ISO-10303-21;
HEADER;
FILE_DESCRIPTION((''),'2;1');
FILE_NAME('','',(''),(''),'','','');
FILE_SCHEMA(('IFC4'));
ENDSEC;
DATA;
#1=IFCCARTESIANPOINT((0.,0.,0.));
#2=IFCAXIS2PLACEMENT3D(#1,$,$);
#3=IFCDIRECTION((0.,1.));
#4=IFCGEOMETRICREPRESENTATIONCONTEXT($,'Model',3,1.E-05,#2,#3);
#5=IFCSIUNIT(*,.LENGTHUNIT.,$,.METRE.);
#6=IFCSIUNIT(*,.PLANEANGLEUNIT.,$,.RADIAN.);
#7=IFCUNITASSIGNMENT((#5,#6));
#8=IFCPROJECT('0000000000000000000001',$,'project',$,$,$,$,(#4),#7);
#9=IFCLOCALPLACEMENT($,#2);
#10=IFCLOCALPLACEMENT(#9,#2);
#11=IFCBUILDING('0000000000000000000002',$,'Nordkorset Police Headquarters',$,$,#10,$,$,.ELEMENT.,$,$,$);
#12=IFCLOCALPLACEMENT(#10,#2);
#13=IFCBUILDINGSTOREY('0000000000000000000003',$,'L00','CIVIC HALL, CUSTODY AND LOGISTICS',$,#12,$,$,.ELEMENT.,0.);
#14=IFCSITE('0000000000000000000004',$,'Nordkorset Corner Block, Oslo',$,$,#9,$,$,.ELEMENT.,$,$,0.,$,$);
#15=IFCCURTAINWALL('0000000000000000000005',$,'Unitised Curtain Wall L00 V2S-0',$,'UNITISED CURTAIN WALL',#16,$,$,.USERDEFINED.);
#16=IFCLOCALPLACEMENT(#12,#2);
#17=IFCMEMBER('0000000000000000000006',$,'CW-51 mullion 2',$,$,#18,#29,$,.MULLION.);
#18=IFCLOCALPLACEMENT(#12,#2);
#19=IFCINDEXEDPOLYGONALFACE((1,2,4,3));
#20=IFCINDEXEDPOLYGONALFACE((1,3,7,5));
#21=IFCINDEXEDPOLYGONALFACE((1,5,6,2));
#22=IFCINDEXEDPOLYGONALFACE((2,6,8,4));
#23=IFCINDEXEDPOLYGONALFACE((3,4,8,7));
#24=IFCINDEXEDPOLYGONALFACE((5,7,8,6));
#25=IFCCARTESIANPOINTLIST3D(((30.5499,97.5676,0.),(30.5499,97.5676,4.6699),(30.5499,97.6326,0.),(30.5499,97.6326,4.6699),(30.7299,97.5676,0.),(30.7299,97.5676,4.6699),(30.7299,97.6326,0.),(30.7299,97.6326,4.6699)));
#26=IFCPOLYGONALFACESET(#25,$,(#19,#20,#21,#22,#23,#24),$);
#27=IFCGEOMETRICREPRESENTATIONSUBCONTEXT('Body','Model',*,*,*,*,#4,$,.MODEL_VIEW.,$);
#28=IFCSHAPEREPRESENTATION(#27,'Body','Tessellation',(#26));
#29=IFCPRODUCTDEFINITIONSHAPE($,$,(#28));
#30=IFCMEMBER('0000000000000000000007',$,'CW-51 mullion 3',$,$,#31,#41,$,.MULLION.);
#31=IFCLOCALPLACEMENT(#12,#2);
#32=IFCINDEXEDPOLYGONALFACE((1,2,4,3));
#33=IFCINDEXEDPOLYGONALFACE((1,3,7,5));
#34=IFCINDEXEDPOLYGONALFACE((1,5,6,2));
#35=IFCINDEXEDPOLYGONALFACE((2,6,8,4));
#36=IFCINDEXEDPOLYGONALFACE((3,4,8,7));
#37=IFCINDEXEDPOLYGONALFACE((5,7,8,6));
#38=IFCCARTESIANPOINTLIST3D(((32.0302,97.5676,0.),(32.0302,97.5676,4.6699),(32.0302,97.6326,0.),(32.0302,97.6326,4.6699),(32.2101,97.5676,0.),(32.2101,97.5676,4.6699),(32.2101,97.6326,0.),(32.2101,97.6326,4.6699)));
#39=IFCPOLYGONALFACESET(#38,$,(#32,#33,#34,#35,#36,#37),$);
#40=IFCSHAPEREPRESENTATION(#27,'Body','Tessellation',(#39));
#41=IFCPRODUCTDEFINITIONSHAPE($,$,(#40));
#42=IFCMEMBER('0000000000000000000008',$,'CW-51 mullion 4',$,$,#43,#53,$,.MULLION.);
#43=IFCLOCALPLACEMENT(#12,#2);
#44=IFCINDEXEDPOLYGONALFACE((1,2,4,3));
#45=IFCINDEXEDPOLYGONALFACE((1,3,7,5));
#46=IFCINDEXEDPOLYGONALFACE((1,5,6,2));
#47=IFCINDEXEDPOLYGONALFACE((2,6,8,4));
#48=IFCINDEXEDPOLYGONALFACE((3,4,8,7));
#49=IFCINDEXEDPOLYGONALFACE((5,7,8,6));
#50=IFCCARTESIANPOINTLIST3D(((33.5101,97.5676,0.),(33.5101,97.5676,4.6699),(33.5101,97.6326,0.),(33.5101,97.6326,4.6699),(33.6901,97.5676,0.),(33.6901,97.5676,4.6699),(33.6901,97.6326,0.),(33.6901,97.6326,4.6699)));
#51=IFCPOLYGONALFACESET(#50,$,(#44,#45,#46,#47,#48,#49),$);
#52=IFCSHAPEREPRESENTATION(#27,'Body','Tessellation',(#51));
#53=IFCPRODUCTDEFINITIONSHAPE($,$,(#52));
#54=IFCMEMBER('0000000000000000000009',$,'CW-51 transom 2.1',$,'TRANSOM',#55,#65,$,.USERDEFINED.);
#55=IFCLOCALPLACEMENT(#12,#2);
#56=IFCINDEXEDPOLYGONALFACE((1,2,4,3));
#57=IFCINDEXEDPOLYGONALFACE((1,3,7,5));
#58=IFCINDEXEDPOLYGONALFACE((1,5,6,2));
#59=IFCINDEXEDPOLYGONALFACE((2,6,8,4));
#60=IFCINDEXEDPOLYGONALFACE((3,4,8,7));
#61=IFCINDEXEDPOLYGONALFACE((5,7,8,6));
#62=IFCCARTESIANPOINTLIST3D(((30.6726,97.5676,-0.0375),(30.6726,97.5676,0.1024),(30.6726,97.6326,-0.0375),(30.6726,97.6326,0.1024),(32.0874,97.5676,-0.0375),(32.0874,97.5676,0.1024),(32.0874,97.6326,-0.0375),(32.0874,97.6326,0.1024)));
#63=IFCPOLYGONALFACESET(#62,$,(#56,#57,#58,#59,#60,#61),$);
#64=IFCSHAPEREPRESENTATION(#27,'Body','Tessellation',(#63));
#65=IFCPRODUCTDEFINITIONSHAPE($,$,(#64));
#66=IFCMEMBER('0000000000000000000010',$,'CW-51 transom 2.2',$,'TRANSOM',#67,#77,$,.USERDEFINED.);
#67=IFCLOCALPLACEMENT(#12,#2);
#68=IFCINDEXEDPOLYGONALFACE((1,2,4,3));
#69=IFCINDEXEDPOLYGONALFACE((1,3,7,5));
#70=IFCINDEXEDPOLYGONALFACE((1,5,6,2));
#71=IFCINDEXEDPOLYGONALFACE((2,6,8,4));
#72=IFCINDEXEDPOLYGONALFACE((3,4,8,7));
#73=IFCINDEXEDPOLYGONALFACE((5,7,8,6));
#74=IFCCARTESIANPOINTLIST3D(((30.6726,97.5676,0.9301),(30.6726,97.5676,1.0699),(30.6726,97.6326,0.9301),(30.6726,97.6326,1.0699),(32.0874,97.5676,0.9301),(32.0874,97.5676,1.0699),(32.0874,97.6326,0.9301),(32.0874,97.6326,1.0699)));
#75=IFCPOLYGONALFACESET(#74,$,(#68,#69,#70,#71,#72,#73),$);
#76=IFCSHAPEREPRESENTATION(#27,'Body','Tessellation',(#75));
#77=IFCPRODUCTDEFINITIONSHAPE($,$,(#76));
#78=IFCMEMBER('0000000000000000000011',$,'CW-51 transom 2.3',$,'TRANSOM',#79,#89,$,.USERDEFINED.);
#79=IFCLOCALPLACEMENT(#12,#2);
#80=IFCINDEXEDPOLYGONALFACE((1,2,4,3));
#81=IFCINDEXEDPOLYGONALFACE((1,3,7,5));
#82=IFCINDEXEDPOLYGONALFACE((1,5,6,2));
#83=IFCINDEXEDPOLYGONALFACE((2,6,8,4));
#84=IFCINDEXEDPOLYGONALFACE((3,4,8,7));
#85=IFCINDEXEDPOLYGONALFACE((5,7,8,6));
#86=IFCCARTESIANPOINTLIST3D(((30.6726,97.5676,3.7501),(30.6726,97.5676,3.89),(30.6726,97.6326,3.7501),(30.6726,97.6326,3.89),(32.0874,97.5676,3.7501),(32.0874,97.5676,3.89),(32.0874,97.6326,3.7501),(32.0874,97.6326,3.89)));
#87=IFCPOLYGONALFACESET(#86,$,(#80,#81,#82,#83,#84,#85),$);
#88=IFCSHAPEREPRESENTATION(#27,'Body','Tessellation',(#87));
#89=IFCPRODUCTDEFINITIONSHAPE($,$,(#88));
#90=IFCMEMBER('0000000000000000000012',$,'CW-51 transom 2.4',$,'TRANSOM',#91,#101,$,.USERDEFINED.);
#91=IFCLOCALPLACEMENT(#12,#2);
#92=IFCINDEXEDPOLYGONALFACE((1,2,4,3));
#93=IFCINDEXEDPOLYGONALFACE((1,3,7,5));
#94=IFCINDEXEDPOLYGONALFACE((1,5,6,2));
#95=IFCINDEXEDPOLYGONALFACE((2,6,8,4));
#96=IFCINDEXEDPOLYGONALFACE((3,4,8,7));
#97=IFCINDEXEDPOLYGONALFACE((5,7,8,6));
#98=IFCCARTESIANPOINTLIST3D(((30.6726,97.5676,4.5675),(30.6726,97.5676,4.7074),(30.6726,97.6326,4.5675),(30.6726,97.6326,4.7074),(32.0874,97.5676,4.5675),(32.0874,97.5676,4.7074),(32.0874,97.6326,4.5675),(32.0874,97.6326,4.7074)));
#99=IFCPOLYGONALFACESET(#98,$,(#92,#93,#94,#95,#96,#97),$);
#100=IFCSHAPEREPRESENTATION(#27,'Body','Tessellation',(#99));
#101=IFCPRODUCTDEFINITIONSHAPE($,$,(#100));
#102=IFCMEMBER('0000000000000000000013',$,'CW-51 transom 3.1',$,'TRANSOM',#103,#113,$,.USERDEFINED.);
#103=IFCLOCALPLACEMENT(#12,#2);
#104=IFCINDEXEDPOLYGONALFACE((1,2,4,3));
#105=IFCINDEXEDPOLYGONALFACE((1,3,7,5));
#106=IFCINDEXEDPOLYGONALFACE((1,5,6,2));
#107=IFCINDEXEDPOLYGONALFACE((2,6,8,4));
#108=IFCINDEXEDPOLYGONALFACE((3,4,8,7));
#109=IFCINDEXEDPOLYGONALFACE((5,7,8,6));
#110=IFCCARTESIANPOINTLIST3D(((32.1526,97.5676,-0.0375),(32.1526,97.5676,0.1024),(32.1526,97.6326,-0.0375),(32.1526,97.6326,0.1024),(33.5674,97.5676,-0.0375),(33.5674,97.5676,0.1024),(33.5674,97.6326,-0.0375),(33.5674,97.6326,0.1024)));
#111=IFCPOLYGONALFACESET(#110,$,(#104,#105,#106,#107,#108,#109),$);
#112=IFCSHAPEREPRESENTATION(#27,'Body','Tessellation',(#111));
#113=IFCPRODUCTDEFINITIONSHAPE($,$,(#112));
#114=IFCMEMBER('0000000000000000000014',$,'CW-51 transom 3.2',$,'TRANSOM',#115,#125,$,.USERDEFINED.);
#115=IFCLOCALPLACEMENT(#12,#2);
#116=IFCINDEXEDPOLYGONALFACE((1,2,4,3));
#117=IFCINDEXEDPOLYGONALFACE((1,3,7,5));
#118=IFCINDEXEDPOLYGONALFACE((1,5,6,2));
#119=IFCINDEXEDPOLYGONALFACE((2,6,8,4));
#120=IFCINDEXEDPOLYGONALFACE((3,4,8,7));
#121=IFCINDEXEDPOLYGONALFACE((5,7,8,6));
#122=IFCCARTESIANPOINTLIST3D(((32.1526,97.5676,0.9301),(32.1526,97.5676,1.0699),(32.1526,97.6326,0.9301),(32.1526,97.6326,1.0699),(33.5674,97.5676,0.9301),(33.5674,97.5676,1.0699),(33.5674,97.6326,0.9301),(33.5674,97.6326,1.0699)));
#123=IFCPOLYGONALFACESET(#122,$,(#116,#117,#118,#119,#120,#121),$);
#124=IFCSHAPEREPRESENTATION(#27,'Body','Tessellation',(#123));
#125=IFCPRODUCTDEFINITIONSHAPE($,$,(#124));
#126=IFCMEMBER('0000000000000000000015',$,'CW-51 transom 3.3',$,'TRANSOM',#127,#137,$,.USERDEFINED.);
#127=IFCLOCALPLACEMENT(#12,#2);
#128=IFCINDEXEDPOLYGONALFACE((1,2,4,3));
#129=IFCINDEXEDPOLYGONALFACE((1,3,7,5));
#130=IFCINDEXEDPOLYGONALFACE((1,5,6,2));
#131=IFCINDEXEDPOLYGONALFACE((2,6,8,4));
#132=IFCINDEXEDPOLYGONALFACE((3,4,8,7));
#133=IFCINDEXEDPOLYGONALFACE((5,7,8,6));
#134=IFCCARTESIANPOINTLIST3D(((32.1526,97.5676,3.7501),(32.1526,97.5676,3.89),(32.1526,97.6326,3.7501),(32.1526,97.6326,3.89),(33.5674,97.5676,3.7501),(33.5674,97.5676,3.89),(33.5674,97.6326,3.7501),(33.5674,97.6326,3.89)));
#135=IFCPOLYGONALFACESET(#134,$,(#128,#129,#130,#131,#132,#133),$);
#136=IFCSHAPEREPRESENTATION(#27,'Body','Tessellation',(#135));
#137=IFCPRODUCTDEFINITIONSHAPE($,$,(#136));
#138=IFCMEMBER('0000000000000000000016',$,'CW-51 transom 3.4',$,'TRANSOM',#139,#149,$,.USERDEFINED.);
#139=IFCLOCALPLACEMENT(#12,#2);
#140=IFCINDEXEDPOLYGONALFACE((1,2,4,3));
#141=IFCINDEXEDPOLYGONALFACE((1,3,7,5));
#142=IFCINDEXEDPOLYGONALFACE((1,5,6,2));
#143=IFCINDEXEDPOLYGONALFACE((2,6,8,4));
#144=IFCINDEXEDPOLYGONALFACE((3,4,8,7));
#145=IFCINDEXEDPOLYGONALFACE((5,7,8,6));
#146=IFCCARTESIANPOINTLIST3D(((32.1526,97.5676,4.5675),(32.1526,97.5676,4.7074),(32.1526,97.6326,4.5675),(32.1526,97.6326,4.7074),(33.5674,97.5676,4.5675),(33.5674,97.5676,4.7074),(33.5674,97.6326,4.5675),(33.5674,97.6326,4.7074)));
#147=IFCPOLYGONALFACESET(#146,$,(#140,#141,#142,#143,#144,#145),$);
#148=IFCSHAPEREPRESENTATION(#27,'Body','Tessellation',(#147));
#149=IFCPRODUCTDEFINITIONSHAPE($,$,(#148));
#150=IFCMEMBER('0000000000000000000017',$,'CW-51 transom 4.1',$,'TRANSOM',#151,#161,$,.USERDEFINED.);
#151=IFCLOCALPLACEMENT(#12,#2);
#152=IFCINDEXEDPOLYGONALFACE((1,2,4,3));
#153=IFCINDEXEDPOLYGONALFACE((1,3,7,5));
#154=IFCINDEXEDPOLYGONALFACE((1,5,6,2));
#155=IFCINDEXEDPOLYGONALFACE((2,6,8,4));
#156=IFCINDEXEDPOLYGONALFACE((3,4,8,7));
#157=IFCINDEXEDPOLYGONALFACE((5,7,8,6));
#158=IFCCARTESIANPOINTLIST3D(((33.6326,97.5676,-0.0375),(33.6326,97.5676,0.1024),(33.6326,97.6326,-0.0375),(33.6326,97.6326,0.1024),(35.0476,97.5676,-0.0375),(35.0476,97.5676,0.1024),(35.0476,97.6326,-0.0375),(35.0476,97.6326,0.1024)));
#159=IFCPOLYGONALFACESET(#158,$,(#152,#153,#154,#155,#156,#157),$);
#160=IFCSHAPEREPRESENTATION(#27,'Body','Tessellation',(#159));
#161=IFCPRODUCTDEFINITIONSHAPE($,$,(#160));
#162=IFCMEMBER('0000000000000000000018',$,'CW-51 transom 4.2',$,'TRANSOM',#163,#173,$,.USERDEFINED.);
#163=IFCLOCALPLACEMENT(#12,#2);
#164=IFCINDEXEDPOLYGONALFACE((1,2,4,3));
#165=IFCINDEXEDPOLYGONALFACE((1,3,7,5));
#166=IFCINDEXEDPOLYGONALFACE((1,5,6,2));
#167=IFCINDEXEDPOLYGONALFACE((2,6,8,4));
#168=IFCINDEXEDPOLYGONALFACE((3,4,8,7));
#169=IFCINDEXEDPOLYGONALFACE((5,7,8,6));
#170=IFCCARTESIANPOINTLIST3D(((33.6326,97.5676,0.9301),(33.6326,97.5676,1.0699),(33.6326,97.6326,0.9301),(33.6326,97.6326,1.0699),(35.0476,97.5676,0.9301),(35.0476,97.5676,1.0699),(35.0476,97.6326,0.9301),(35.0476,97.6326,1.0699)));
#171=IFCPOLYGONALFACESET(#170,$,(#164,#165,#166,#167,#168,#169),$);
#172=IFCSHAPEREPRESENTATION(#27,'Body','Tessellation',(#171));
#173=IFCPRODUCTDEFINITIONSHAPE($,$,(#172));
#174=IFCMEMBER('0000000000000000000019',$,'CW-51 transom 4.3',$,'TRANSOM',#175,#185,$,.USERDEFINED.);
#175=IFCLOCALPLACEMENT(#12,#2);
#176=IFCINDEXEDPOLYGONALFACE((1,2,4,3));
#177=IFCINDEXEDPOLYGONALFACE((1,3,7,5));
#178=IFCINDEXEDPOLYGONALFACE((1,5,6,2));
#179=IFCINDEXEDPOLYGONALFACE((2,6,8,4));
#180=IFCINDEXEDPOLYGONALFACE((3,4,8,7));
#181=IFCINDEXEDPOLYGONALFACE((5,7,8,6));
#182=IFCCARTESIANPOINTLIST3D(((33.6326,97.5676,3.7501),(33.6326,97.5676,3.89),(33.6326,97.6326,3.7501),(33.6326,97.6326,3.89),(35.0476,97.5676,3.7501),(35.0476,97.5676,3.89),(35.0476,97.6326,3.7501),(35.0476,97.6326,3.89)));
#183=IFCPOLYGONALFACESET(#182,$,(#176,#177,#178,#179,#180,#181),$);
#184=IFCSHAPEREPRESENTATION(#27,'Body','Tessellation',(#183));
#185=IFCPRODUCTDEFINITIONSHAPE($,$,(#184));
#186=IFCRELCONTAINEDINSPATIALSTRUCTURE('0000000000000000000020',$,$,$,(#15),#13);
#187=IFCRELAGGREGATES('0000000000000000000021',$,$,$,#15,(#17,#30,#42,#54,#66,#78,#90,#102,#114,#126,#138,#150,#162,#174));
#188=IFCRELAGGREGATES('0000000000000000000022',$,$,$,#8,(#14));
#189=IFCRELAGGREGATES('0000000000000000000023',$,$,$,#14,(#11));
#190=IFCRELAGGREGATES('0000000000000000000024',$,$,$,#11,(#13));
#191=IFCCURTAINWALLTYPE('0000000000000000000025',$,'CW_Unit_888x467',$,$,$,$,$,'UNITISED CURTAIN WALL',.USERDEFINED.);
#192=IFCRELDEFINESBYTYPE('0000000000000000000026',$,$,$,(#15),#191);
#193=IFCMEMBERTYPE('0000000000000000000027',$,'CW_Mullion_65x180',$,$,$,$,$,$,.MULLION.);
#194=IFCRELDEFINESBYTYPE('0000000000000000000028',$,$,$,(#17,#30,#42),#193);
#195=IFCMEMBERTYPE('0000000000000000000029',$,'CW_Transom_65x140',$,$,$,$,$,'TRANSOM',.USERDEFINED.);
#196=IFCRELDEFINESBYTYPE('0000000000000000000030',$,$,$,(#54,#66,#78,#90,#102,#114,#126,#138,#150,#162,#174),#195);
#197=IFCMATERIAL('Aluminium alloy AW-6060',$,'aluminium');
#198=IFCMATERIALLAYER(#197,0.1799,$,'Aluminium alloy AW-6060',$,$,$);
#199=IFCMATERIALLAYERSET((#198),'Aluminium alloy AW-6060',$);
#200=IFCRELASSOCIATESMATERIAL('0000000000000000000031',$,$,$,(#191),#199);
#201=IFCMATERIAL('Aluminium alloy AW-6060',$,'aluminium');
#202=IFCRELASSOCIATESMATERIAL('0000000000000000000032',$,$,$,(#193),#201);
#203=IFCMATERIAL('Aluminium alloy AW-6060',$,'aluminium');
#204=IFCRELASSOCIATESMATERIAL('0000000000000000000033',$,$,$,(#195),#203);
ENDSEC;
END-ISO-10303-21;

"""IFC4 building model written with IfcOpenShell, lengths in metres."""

from ifc_helpers import new_model, si_unit, direction, frame, origin, origin_2d, place, context, subcontext, project, spatial, rectangle, extrude, material, layer, layer_set, material_profile, profile_set, type_object, element, aggregate, save


model = new_model("IFC4")

# Units and contexts
model_context = context("Model", 3, precision=1e-05, world=origin(), true_north=direction((0.0, 1.0)))
body_context = subcontext(model_context, "Body", "Model", "MODEL_VIEW")
ifc_project = project(units=[si_unit("LENGTHUNIT", "METRE"), si_unit("PLANEANGLEUNIT", "RADIAN")], contexts=[model_context])

# Site, building, storey
site_placement = place(None, origin())
site = spatial("IfcSite", under=ifc_project, at=site_placement, Name="Nordkorset Corner Block, Oslo", CompositionType="ELEMENT", RefElevation=0.0)
building_placement = place(site_placement, origin())
building = spatial("IfcBuilding", under=site, at=building_placement, Name="Nordkorset Police Headquarters", CompositionType="ELEMENT")
storey_placement = place(building_placement, origin())
storey = spatial("IfcBuildingStorey", under=building, at=storey_placement, Name="L00", Description="CIVIC HALL, CUSTODY AND LOGISTICS", CompositionType="ELEMENT", Elevation=0.0)

# Curtain wall, members
ifc_material_1 = material(Name="Aluminium alloy AW-6060", Category="aluminium")
ifc_layer_1 = layer(ifc_material_1, 0.1799, Name="Aluminium alloy AW-6060")
ifc_layer_set_1 = layer_set([ifc_layer_1], Name="Aluminium alloy AW-6060")
curtain_wall_type = type_object("IfcCurtainWallType", Name="CW_Unit_888x467", ElementType="UNITISED CURTAIN WALL", PredefinedType="USERDEFINED", material=ifc_layer_set_1)
curtain_wall_placement = place(storey_placement, origin())
curtain_wall = element("IfcCurtainWall", 1, at=curtain_wall_placement, inside=storey, type_object=curtain_wall_type, Name="Unitised Curtain Wall L00 V2S-0", ObjectType="UNITISED CURTAIN WALL", PredefinedType="USERDEFINED")
ifc_material_2 = material(Name="Aluminium alloy AW-6060", Category="aluminium")
ifc_material_profile_1 = material_profile(ifc_material_2, rectangle(XDim=0.0649, YDim=0.1799, at=origin_2d()), Name="ALU MULL 65x180")
ifc_profile_set_1 = profile_set([ifc_material_profile_1], Name="Aluminium alloy AW-6060")
member_type_1 = type_object("IfcMemberType", Name="CW_Mullion_65x180", PredefinedType="MULLION", material=ifc_profile_set_1)
member_1_placement = place(storey_placement, frame((30.6399, 97.6001, 0.0), z_axis=(0.0, 0.0, 1.0), x_axis=(0.0, 1.0, 0.0)))
member_1 = element("IfcMember", 2, at=member_1_placement, type_object=member_type_1, Name="CW-51 mullion 2", PredefinedType="MULLION", context=body_context, shape_type="SweptSolid", body=[
    extrude(rectangle(XDim=0.0649, YDim=0.1799, at=origin_2d()), origin(), (0.0, 0.0, 1.0), 4.6699),
])
member_2_placement = place(storey_placement, frame((32.1201, 97.6001, 0.0), z_axis=(0.0, 0.0, 1.0), x_axis=(0.0, 1.0, 0.0)))
member_2 = element("IfcMember", 3, at=member_2_placement, type_object=member_type_1, Name="CW-51 mullion 3", PredefinedType="MULLION", context=body_context, shape_type="SweptSolid", body=[
    extrude(rectangle(XDim=0.0649, YDim=0.1799, at=origin_2d()), origin(), (0.0, 0.0, 1.0), 4.6699),
])
member_3_placement = place(storey_placement, frame((33.6001, 97.6001, 0.0), z_axis=(0.0, 0.0, 1.0), x_axis=(0.0, 1.0, 0.0)))
member_3 = element("IfcMember", 4, at=member_3_placement, type_object=member_type_1, Name="CW-51 mullion 4", PredefinedType="MULLION", context=body_context, shape_type="SweptSolid", body=[
    extrude(rectangle(XDim=0.0649, YDim=0.1799, at=origin_2d()), origin(), (0.0, 0.0, 1.0), 4.6699),
])
ifc_material_3 = material(Name="Aluminium alloy AW-6060", Category="aluminium")
ifc_material_profile_2 = material_profile(ifc_material_3, rectangle(XDim=0.0649, YDim=0.1399, at=origin_2d()), Name="ALU TRAN 65x140")
ifc_profile_set_2 = profile_set([ifc_material_profile_2], Name="Aluminium alloy AW-6060")
member_type_2 = type_object("IfcMemberType", Name="CW_Transom_65x140", ElementType="TRANSOM", PredefinedType="USERDEFINED", material=ifc_profile_set_2)
member_4_placement = place(storey_placement, frame((30.6726, 97.6001, 0.0325), z_axis=(1.0, 0.0, 0.0), x_axis=(0.0, 1.0, 0.0)))
member_4 = element("IfcMember", 5, at=member_4_placement, type_object=member_type_2, Name="CW-51 transom 2.1", ObjectType="TRANSOM", PredefinedType="USERDEFINED", context=body_context, shape_type="SweptSolid", body=[
    extrude(rectangle(XDim=0.0649, YDim=0.1399, at=origin_2d()), origin(), (0.0, 0.0, 1.0), 1.4148),
])
member_5_placement = place(storey_placement, frame((30.6726, 97.6001, 1.0), z_axis=(1.0, 0.0, 0.0), x_axis=(0.0, 1.0, 0.0)))
member_5 = element("IfcMember", 6, at=member_5_placement, type_object=member_type_2, Name="CW-51 transom 2.2", ObjectType="TRANSOM", PredefinedType="USERDEFINED", context=body_context, shape_type="SweptSolid", body=[
    extrude(rectangle(XDim=0.0649, YDim=0.1399, at=origin_2d()), origin(), (0.0, 0.0, 1.0), 1.4148),
])
member_6_placement = place(storey_placement, frame((30.6726, 97.6001, 3.8201), z_axis=(1.0, 0.0, 0.0), x_axis=(0.0, 1.0, 0.0)))
member_6 = element("IfcMember", 7, at=member_6_placement, type_object=member_type_2, Name="CW-51 transom 2.3", ObjectType="TRANSOM", PredefinedType="USERDEFINED", context=body_context, shape_type="SweptSolid", body=[
    extrude(rectangle(XDim=0.0649, YDim=0.1399, at=origin_2d()), origin(), (0.0, 0.0, 1.0), 1.4148),
])
member_7_placement = place(storey_placement, frame((30.6726, 97.6001, 4.6375), z_axis=(1.0, 0.0, 0.0), x_axis=(0.0, 1.0, 0.0)))
member_7 = element("IfcMember", 8, at=member_7_placement, type_object=member_type_2, Name="CW-51 transom 2.4", ObjectType="TRANSOM", PredefinedType="USERDEFINED", context=body_context, shape_type="SweptSolid", body=[
    extrude(rectangle(XDim=0.0649, YDim=0.1399, at=origin_2d()), origin(), (0.0, 0.0, 1.0), 1.4148),
])
member_8_placement = place(storey_placement, frame((32.1526, 97.6001, 0.0325), z_axis=(1.0, 0.0, 0.0), x_axis=(0.0, 1.0, 0.0)))
member_8 = element("IfcMember", 9, at=member_8_placement, type_object=member_type_2, Name="CW-51 transom 3.1", ObjectType="TRANSOM", PredefinedType="USERDEFINED", context=body_context, shape_type="SweptSolid", body=[
    extrude(rectangle(XDim=0.0649, YDim=0.1399, at=origin_2d()), origin(), (0.0, 0.0, 1.0), 1.4148),
])
member_9_placement = place(storey_placement, frame((32.1526, 97.6001, 1.0), z_axis=(1.0, 0.0, 0.0), x_axis=(0.0, 1.0, 0.0)))
member_9 = element("IfcMember", 10, at=member_9_placement, type_object=member_type_2, Name="CW-51 transom 3.2", ObjectType="TRANSOM", PredefinedType="USERDEFINED", context=body_context, shape_type="SweptSolid", body=[
    extrude(rectangle(XDim=0.0649, YDim=0.1399, at=origin_2d()), origin(), (0.0, 0.0, 1.0), 1.4148),
])
member_10_placement = place(storey_placement, frame((32.1526, 97.6001, 3.8201), z_axis=(1.0, 0.0, 0.0), x_axis=(0.0, 1.0, 0.0)))
member_10 = element("IfcMember", 11, at=member_10_placement, type_object=member_type_2, Name="CW-51 transom 3.3", ObjectType="TRANSOM", PredefinedType="USERDEFINED", context=body_context, shape_type="SweptSolid", body=[
    extrude(rectangle(XDim=0.0649, YDim=0.1399, at=origin_2d()), origin(), (0.0, 0.0, 1.0), 1.4148),
])
member_11_placement = place(storey_placement, frame((32.1526, 97.6001, 4.6375), z_axis=(1.0, 0.0, 0.0), x_axis=(0.0, 1.0, 0.0)))
member_11 = element("IfcMember", 12, at=member_11_placement, type_object=member_type_2, Name="CW-51 transom 3.4", ObjectType="TRANSOM", PredefinedType="USERDEFINED", context=body_context, shape_type="SweptSolid", body=[
    extrude(rectangle(XDim=0.0649, YDim=0.1399, at=origin_2d()), origin(), (0.0, 0.0, 1.0), 1.4148),
])
member_12_placement = place(storey_placement, frame((33.6326, 97.6001, 0.0325), z_axis=(1.0, 0.0, 0.0), x_axis=(0.0, 1.0, 0.0)))
member_12 = element("IfcMember", 13, at=member_12_placement, type_object=member_type_2, Name="CW-51 transom 4.1", ObjectType="TRANSOM", PredefinedType="USERDEFINED", context=body_context, shape_type="SweptSolid", body=[
    extrude(rectangle(XDim=0.0649, YDim=0.1399, at=origin_2d()), origin(), (0.0, 0.0, 1.0), 1.415),
])
member_13_placement = place(storey_placement, frame((33.6326, 97.6001, 1.0), z_axis=(1.0, 0.0, 0.0), x_axis=(0.0, 1.0, 0.0)))
member_13 = element("IfcMember", 14, at=member_13_placement, type_object=member_type_2, Name="CW-51 transom 4.2", ObjectType="TRANSOM", PredefinedType="USERDEFINED", context=body_context, shape_type="SweptSolid", body=[
    extrude(rectangle(XDim=0.0649, YDim=0.1399, at=origin_2d()), origin(), (0.0, 0.0, 1.0), 1.415),
])
member_14_placement = place(storey_placement, frame((33.6326, 97.6001, 3.8201), z_axis=(1.0, 0.0, 0.0), x_axis=(0.0, 1.0, 0.0)))
member_14 = element("IfcMember", 15, at=member_14_placement, type_object=member_type_2, Name="CW-51 transom 4.3", ObjectType="TRANSOM", PredefinedType="USERDEFINED", context=body_context, shape_type="SweptSolid", body=[
    extrude(rectangle(XDim=0.0649, YDim=0.1399, at=origin_2d()), origin(), (0.0, 0.0, 1.0), 1.415),
])
aggregate(curtain_wall, [member_1, member_2, member_3, member_4, member_5, member_6, member_7, member_8, member_9, member_10, member_11, member_12, member_13, member_14])

save(model, "model.ifc")
